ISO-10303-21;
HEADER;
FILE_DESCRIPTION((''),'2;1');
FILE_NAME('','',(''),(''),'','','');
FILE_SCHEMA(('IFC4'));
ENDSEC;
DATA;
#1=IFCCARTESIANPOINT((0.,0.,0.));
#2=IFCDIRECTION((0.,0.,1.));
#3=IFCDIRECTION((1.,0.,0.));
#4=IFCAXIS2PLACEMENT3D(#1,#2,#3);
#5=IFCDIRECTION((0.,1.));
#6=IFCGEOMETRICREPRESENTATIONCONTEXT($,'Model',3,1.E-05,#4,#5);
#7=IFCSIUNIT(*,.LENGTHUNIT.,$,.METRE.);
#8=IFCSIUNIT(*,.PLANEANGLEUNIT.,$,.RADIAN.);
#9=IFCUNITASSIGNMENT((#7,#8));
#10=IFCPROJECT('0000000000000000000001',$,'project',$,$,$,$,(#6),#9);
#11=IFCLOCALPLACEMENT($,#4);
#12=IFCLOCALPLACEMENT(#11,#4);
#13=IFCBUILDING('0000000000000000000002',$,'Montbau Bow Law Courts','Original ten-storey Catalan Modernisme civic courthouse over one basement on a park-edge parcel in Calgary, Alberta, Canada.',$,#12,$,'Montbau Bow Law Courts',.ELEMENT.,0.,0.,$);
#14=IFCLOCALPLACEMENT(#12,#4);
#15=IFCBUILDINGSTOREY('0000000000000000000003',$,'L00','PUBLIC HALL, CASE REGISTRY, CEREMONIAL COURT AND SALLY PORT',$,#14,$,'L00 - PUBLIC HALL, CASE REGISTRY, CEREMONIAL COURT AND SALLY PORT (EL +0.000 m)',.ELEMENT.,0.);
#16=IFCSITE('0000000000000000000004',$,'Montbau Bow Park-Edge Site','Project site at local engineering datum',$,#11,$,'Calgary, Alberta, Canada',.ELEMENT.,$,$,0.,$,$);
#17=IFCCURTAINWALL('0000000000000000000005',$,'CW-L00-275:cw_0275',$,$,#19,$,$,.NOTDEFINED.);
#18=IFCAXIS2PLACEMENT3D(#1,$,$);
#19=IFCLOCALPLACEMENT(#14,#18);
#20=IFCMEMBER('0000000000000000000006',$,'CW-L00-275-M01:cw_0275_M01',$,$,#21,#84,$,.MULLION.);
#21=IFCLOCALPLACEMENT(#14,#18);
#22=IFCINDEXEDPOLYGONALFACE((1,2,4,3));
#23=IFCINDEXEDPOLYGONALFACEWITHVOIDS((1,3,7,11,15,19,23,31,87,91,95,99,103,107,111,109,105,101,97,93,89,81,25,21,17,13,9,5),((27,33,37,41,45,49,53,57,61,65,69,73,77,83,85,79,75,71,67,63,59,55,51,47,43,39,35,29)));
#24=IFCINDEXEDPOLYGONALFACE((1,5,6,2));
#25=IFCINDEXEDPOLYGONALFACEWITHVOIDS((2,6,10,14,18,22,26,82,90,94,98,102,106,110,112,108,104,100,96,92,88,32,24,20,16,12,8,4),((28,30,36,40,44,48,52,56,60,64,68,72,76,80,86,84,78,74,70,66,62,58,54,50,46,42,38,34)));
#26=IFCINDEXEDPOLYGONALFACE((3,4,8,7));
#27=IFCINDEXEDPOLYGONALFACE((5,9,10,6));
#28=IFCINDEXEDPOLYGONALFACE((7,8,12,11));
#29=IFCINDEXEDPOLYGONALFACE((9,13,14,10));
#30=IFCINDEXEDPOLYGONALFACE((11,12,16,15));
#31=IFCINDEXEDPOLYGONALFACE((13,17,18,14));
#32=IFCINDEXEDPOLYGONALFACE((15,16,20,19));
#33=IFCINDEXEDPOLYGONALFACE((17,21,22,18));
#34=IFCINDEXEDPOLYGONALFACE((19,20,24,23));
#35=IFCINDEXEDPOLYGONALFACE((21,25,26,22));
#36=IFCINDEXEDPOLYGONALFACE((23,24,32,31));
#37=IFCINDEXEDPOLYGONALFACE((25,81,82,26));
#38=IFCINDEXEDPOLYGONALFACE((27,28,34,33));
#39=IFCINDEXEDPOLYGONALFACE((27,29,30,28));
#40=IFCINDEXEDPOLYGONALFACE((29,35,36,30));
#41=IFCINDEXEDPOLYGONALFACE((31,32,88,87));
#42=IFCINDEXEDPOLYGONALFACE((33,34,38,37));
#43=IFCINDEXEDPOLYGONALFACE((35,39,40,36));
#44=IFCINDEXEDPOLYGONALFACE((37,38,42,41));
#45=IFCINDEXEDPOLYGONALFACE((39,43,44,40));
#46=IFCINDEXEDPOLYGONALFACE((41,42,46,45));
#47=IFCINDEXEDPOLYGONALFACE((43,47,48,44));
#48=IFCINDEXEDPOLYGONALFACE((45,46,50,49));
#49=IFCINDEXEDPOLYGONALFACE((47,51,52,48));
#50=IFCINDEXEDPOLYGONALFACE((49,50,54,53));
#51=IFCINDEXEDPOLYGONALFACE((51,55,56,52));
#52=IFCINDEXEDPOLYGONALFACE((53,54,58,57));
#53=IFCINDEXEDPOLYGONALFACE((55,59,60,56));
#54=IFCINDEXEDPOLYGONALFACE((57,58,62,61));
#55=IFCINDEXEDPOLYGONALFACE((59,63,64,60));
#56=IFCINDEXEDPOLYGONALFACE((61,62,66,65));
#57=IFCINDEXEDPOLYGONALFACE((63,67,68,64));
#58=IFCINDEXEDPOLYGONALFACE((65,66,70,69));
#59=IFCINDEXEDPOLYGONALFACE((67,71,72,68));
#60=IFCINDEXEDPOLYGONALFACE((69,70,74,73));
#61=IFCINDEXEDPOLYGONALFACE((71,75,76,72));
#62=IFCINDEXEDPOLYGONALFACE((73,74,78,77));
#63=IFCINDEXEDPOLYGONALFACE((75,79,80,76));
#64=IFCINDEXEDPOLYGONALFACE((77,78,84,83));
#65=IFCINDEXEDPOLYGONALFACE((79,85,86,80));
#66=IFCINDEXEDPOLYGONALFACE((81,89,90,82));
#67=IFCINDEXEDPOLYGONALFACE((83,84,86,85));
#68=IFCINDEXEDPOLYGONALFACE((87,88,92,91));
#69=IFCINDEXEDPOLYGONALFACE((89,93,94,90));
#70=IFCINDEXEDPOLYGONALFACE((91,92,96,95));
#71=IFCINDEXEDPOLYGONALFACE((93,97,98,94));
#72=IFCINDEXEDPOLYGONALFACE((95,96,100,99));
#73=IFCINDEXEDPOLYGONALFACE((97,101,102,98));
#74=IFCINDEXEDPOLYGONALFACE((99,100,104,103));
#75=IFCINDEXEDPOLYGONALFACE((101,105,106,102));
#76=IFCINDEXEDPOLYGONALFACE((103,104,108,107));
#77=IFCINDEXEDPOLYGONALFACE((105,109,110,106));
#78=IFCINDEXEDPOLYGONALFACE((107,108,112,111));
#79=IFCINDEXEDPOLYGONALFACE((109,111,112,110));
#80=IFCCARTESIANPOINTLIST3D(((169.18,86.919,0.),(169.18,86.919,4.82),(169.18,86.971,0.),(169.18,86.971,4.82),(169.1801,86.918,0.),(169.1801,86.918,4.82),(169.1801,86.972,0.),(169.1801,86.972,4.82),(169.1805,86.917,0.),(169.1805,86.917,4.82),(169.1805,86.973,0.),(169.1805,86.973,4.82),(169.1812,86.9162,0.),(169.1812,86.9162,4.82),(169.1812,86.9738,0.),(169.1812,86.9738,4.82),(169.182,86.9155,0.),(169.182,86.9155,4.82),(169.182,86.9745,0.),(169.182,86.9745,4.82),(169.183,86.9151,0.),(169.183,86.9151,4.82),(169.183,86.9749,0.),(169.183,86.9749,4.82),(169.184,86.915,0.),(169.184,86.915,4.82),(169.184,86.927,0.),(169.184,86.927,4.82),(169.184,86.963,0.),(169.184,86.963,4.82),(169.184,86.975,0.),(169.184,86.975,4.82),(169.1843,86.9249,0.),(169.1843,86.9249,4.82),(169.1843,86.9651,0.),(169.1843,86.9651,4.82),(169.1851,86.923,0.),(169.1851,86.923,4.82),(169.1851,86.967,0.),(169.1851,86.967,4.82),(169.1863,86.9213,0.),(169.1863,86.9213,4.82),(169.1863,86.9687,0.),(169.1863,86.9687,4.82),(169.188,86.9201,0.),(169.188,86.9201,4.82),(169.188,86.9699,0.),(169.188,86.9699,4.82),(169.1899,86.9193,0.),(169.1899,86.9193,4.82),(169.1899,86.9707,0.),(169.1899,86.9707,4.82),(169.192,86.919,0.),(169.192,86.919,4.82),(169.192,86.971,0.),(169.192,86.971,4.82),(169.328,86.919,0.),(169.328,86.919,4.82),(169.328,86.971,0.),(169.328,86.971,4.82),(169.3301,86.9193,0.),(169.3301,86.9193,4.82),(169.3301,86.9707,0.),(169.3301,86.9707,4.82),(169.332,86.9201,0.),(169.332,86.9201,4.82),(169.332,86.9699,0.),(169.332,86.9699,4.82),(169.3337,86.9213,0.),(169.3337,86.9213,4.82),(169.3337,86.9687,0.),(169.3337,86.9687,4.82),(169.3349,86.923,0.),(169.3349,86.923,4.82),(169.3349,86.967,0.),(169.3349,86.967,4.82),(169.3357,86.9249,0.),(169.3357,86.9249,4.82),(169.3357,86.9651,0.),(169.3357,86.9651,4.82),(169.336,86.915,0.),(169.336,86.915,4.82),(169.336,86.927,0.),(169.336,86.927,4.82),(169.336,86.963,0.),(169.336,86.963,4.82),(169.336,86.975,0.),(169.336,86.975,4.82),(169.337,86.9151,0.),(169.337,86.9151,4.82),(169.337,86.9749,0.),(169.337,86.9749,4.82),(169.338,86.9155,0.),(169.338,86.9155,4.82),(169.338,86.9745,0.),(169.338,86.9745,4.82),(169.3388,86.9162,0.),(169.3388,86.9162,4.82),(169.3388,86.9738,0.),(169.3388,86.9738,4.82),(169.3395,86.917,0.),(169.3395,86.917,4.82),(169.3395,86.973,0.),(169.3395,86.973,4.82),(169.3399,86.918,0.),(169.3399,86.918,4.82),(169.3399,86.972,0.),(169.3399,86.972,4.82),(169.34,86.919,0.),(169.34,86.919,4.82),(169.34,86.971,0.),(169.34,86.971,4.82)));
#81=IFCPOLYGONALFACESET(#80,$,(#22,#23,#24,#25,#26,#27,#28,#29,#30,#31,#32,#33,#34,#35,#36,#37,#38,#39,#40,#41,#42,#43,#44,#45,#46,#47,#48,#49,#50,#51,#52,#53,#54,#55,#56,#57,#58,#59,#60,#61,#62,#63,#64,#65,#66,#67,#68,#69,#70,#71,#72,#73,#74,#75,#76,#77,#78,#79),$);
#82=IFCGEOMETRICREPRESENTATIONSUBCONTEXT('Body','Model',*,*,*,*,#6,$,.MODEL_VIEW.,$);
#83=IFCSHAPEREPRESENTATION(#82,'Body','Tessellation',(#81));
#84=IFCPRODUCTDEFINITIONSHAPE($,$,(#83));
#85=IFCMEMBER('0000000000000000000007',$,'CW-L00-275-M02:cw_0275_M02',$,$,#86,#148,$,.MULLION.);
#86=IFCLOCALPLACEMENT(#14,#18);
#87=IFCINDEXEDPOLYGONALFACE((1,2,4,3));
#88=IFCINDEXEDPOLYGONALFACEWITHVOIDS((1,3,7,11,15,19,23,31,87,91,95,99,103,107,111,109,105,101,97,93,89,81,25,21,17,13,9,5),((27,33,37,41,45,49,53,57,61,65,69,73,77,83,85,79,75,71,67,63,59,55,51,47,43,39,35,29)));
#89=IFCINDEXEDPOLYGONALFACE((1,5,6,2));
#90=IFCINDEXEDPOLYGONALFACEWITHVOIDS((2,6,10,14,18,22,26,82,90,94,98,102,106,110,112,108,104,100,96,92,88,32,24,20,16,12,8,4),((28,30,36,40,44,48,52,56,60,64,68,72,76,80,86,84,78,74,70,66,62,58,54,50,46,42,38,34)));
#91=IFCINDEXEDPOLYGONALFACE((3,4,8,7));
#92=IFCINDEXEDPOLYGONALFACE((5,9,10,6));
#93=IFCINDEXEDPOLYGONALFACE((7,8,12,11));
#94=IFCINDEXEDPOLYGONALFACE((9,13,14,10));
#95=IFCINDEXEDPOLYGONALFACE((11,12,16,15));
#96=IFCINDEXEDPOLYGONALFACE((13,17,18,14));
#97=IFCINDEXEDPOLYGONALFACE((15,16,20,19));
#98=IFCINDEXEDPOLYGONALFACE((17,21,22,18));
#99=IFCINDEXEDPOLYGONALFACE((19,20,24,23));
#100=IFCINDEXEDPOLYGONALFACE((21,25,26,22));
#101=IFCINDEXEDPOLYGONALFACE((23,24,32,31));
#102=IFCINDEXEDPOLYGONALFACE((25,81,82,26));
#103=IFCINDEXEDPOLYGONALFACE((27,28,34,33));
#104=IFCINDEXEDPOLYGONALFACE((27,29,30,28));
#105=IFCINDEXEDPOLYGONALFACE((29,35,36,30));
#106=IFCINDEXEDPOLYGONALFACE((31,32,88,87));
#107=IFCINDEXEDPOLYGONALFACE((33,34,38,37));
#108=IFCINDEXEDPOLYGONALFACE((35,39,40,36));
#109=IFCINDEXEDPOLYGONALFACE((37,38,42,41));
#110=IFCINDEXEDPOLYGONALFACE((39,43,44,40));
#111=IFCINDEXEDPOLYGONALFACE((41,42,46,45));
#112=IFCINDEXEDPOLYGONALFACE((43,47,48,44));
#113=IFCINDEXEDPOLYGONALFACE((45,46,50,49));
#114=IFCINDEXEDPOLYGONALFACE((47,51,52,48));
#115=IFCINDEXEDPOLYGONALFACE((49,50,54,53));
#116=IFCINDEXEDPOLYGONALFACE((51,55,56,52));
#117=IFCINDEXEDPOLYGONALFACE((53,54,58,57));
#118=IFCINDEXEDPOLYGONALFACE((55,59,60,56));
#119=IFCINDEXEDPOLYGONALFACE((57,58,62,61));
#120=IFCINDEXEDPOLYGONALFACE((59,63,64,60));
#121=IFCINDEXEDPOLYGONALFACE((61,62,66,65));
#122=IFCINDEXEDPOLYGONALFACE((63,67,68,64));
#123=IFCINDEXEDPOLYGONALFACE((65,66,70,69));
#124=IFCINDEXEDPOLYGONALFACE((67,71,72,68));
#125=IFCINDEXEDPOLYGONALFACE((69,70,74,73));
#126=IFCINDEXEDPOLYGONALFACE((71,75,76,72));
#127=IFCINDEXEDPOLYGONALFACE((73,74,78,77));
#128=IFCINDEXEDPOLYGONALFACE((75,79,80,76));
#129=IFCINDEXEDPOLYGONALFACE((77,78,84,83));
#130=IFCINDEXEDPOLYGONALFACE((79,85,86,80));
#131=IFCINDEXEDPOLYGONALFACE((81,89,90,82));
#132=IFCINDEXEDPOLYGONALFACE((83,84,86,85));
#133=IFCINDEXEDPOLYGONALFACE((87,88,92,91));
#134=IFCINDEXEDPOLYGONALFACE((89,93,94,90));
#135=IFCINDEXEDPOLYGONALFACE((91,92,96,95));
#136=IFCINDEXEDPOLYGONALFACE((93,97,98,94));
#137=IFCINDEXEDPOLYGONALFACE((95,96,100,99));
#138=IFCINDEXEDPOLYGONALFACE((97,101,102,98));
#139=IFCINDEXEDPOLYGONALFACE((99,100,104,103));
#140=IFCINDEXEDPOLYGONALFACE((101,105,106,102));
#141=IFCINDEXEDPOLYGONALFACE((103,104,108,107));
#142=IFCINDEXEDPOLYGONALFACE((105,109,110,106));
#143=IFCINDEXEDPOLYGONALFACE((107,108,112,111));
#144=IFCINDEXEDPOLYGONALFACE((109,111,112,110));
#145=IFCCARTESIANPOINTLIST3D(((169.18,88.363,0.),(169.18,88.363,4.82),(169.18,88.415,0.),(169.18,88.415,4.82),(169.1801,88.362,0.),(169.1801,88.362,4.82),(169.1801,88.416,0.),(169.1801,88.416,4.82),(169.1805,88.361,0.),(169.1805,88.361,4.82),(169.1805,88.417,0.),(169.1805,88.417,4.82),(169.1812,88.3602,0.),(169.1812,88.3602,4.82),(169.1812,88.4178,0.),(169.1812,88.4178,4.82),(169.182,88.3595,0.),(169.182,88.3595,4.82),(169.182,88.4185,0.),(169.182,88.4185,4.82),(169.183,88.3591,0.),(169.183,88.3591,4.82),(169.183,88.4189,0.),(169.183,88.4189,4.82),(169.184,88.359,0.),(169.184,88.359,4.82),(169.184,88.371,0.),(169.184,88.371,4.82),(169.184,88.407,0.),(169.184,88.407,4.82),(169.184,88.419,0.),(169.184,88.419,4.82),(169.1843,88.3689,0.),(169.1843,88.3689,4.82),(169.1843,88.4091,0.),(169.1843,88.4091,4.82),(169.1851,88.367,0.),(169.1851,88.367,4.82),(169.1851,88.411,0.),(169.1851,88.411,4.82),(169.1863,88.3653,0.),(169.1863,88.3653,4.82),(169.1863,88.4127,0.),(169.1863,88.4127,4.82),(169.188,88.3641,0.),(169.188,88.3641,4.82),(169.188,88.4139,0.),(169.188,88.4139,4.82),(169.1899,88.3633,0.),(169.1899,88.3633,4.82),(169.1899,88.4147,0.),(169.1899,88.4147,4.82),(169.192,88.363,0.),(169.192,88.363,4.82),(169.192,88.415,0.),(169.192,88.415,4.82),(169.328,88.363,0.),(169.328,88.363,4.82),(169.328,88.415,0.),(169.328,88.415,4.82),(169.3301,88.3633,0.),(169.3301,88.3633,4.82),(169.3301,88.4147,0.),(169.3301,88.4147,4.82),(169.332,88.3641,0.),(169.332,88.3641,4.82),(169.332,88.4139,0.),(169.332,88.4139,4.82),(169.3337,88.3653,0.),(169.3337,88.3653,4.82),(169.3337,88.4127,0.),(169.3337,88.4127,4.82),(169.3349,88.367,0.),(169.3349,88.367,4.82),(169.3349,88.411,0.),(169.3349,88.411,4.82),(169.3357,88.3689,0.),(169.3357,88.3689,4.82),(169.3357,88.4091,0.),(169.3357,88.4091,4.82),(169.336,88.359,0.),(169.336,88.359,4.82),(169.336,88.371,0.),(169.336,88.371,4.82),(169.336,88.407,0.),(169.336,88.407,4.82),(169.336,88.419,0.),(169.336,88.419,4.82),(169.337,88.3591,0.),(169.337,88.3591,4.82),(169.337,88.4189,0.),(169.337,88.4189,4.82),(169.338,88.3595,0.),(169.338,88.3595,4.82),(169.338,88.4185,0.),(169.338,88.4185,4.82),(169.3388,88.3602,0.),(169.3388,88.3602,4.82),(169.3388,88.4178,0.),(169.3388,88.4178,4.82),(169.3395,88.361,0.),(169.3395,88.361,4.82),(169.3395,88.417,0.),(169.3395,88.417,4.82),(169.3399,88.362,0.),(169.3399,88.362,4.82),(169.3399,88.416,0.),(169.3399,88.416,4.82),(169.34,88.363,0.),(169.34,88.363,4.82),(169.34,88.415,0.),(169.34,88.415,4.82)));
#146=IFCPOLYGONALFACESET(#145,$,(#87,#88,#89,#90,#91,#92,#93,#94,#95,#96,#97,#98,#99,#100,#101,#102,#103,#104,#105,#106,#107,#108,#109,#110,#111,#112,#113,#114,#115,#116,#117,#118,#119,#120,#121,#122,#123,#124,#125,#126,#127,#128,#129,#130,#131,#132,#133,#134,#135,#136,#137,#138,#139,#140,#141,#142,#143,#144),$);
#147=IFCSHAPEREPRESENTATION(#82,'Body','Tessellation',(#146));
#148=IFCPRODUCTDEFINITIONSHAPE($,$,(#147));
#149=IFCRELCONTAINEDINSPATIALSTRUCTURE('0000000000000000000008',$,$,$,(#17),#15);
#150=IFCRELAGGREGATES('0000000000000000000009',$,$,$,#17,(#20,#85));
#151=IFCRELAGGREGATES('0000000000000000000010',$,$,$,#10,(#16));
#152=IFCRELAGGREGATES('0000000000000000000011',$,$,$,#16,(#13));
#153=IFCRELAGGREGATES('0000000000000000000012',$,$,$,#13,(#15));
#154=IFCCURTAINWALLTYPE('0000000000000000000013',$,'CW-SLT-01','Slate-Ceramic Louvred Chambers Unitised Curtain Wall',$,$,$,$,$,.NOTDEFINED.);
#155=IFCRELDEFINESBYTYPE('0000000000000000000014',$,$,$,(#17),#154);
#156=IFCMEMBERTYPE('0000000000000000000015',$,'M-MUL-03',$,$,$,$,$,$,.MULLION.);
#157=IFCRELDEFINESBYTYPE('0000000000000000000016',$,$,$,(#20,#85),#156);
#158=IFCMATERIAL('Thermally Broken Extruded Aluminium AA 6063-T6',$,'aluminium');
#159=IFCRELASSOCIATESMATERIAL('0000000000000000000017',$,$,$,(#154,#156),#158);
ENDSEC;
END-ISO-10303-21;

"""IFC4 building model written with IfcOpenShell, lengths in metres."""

from ifc_helpers import new_model, si_unit, direction, frame, origin_with_axes, origin_2d_with_axis, place, context, subcontext, project, spatial, hollow_rectangle, extrude, material, material_profile, profile_set, type_object, element, aggregate, save


model = new_model("IFC4")

# Units and contexts
model_context = context("Model", 3, precision=1e-05, world=origin_with_axes(), true_north=direction((0.0, 1.0)))
body_context = subcontext(model_context, "Body", "Model", "MODEL_VIEW")
ifc_project = project(units=[si_unit("LENGTHUNIT", "METRE"), si_unit("PLANEANGLEUNIT", "RADIAN")], contexts=[model_context])

# Site, building, storey
site_placement = place(None, origin_with_axes())
site = spatial("IfcSite", under=ifc_project, at=site_placement, Name="Montbau Bow Park-Edge Site", Description="Project site at local engineering datum", LongName="Calgary, Alberta, Canada", CompositionType="ELEMENT", RefElevation=0.0)
building_placement = place(site_placement, origin_with_axes())
building = spatial("IfcBuilding", under=site, at=building_placement, Name="Montbau Bow Law Courts", Description="Original ten-storey Catalan Modernisme civic courthouse over one basement on a park-edge parcel in Calgary, Alberta, Canada.", LongName="Montbau Bow Law Courts", CompositionType="ELEMENT", ElevationOfRefHeight=0.0, ElevationOfTerrain=0.0)
storey_placement = place(building_placement, origin_with_axes())
storey = spatial("IfcBuildingStorey", under=building, at=storey_placement, Name="L00", Description="PUBLIC HALL, CASE REGISTRY, CEREMONIAL COURT AND SALLY PORT", LongName="L00 - PUBLIC HALL, CASE REGISTRY, CEREMONIAL COURT AND SALLY PORT (EL +0.000 m)", CompositionType="ELEMENT", Elevation=0.0)

# Shared definitions
ifc_material_1 = material(Name="Thermally Broken Extruded Aluminium AA 6063-T6", Category="aluminium")
curtain_wall_type = type_object("IfcCurtainWallType", Name="CW-SLT-01", Description="Slate-Ceramic Louvred Chambers Unitised Curtain Wall", PredefinedType="NOTDEFINED", material=ifc_material_1)

# Curtain wall, members
curtain_wall_1_placement = place(None, frame((169.26, 86.915, 0.0), z_axis=(0.0, 0.0, 1.0), x_axis=(1.0, 0.0, 0.0)))
curtain_wall_1 = element("IfcCurtainWall", 1, at=curtain_wall_1_placement, inside=storey, type_object=curtain_wall_type, Name="CW-L00-275:cw_0275", PredefinedType="NOTDEFINED")
ifc_material_profile_1 = material_profile(ifc_material_1, hollow_rectangle(XDim=0.06, YDim=0.16, WallThickness=0.004, InnerFilletRadius=0.008, OuterFilletRadius=0.004, at=origin_2d_with_axis()), Name="CWM-160X60", Category="Main", Priority=0)
ifc_profile_set_1 = profile_set([ifc_material_profile_1], Name="Thermally Broken Extruded Aluminium AA 6063-T6")
member_type_1 = type_object("IfcMemberType", Name="M-MUL-03", PredefinedType="MULLION", material=ifc_profile_set_1)
member_1_placement = place(None, frame((169.26, 86.945, 0.0), z_axis=(0.0, 0.0, 1.0), x_axis=(0.0, 1.0, 0.0)))
member_1 = element("IfcMember", 2, at=member_1_placement, type_object=member_type_1, Name="CW-L00-275-M01:cw_0275_M01", PredefinedType="MULLION", context=body_context, shape_type="SweptSolid", body=[
    extrude(hollow_rectangle(XDim=0.06, YDim=0.16, WallThickness=0.004, InnerFilletRadius=0.008, OuterFilletRadius=0.004, at=origin_2d_with_axis()), origin_with_axes(), (0.0, 0.0, 1.0), 4.82),
])
member_2_placement = place(None, frame((169.26, 88.389, 0.0), z_axis=(0.0, 0.0, 1.0), x_axis=(0.0, 1.0, 0.0)))
member_2 = element("IfcMember", 3, at=member_2_placement, type_object=member_type_1, Name="CW-L00-275-M02:cw_0275_M02", PredefinedType="MULLION", context=body_context, shape_type="SweptSolid", body=[
    extrude(hollow_rectangle(XDim=0.06, YDim=0.16, WallThickness=0.004, InnerFilletRadius=0.008, OuterFilletRadius=0.004, at=origin_2d_with_axis()), origin_with_axes(), (0.0, 0.0, 1.0), 4.82),
])

aggregate(curtain_wall_1, [member_1, member_2])

save(model, "model.ifc")
